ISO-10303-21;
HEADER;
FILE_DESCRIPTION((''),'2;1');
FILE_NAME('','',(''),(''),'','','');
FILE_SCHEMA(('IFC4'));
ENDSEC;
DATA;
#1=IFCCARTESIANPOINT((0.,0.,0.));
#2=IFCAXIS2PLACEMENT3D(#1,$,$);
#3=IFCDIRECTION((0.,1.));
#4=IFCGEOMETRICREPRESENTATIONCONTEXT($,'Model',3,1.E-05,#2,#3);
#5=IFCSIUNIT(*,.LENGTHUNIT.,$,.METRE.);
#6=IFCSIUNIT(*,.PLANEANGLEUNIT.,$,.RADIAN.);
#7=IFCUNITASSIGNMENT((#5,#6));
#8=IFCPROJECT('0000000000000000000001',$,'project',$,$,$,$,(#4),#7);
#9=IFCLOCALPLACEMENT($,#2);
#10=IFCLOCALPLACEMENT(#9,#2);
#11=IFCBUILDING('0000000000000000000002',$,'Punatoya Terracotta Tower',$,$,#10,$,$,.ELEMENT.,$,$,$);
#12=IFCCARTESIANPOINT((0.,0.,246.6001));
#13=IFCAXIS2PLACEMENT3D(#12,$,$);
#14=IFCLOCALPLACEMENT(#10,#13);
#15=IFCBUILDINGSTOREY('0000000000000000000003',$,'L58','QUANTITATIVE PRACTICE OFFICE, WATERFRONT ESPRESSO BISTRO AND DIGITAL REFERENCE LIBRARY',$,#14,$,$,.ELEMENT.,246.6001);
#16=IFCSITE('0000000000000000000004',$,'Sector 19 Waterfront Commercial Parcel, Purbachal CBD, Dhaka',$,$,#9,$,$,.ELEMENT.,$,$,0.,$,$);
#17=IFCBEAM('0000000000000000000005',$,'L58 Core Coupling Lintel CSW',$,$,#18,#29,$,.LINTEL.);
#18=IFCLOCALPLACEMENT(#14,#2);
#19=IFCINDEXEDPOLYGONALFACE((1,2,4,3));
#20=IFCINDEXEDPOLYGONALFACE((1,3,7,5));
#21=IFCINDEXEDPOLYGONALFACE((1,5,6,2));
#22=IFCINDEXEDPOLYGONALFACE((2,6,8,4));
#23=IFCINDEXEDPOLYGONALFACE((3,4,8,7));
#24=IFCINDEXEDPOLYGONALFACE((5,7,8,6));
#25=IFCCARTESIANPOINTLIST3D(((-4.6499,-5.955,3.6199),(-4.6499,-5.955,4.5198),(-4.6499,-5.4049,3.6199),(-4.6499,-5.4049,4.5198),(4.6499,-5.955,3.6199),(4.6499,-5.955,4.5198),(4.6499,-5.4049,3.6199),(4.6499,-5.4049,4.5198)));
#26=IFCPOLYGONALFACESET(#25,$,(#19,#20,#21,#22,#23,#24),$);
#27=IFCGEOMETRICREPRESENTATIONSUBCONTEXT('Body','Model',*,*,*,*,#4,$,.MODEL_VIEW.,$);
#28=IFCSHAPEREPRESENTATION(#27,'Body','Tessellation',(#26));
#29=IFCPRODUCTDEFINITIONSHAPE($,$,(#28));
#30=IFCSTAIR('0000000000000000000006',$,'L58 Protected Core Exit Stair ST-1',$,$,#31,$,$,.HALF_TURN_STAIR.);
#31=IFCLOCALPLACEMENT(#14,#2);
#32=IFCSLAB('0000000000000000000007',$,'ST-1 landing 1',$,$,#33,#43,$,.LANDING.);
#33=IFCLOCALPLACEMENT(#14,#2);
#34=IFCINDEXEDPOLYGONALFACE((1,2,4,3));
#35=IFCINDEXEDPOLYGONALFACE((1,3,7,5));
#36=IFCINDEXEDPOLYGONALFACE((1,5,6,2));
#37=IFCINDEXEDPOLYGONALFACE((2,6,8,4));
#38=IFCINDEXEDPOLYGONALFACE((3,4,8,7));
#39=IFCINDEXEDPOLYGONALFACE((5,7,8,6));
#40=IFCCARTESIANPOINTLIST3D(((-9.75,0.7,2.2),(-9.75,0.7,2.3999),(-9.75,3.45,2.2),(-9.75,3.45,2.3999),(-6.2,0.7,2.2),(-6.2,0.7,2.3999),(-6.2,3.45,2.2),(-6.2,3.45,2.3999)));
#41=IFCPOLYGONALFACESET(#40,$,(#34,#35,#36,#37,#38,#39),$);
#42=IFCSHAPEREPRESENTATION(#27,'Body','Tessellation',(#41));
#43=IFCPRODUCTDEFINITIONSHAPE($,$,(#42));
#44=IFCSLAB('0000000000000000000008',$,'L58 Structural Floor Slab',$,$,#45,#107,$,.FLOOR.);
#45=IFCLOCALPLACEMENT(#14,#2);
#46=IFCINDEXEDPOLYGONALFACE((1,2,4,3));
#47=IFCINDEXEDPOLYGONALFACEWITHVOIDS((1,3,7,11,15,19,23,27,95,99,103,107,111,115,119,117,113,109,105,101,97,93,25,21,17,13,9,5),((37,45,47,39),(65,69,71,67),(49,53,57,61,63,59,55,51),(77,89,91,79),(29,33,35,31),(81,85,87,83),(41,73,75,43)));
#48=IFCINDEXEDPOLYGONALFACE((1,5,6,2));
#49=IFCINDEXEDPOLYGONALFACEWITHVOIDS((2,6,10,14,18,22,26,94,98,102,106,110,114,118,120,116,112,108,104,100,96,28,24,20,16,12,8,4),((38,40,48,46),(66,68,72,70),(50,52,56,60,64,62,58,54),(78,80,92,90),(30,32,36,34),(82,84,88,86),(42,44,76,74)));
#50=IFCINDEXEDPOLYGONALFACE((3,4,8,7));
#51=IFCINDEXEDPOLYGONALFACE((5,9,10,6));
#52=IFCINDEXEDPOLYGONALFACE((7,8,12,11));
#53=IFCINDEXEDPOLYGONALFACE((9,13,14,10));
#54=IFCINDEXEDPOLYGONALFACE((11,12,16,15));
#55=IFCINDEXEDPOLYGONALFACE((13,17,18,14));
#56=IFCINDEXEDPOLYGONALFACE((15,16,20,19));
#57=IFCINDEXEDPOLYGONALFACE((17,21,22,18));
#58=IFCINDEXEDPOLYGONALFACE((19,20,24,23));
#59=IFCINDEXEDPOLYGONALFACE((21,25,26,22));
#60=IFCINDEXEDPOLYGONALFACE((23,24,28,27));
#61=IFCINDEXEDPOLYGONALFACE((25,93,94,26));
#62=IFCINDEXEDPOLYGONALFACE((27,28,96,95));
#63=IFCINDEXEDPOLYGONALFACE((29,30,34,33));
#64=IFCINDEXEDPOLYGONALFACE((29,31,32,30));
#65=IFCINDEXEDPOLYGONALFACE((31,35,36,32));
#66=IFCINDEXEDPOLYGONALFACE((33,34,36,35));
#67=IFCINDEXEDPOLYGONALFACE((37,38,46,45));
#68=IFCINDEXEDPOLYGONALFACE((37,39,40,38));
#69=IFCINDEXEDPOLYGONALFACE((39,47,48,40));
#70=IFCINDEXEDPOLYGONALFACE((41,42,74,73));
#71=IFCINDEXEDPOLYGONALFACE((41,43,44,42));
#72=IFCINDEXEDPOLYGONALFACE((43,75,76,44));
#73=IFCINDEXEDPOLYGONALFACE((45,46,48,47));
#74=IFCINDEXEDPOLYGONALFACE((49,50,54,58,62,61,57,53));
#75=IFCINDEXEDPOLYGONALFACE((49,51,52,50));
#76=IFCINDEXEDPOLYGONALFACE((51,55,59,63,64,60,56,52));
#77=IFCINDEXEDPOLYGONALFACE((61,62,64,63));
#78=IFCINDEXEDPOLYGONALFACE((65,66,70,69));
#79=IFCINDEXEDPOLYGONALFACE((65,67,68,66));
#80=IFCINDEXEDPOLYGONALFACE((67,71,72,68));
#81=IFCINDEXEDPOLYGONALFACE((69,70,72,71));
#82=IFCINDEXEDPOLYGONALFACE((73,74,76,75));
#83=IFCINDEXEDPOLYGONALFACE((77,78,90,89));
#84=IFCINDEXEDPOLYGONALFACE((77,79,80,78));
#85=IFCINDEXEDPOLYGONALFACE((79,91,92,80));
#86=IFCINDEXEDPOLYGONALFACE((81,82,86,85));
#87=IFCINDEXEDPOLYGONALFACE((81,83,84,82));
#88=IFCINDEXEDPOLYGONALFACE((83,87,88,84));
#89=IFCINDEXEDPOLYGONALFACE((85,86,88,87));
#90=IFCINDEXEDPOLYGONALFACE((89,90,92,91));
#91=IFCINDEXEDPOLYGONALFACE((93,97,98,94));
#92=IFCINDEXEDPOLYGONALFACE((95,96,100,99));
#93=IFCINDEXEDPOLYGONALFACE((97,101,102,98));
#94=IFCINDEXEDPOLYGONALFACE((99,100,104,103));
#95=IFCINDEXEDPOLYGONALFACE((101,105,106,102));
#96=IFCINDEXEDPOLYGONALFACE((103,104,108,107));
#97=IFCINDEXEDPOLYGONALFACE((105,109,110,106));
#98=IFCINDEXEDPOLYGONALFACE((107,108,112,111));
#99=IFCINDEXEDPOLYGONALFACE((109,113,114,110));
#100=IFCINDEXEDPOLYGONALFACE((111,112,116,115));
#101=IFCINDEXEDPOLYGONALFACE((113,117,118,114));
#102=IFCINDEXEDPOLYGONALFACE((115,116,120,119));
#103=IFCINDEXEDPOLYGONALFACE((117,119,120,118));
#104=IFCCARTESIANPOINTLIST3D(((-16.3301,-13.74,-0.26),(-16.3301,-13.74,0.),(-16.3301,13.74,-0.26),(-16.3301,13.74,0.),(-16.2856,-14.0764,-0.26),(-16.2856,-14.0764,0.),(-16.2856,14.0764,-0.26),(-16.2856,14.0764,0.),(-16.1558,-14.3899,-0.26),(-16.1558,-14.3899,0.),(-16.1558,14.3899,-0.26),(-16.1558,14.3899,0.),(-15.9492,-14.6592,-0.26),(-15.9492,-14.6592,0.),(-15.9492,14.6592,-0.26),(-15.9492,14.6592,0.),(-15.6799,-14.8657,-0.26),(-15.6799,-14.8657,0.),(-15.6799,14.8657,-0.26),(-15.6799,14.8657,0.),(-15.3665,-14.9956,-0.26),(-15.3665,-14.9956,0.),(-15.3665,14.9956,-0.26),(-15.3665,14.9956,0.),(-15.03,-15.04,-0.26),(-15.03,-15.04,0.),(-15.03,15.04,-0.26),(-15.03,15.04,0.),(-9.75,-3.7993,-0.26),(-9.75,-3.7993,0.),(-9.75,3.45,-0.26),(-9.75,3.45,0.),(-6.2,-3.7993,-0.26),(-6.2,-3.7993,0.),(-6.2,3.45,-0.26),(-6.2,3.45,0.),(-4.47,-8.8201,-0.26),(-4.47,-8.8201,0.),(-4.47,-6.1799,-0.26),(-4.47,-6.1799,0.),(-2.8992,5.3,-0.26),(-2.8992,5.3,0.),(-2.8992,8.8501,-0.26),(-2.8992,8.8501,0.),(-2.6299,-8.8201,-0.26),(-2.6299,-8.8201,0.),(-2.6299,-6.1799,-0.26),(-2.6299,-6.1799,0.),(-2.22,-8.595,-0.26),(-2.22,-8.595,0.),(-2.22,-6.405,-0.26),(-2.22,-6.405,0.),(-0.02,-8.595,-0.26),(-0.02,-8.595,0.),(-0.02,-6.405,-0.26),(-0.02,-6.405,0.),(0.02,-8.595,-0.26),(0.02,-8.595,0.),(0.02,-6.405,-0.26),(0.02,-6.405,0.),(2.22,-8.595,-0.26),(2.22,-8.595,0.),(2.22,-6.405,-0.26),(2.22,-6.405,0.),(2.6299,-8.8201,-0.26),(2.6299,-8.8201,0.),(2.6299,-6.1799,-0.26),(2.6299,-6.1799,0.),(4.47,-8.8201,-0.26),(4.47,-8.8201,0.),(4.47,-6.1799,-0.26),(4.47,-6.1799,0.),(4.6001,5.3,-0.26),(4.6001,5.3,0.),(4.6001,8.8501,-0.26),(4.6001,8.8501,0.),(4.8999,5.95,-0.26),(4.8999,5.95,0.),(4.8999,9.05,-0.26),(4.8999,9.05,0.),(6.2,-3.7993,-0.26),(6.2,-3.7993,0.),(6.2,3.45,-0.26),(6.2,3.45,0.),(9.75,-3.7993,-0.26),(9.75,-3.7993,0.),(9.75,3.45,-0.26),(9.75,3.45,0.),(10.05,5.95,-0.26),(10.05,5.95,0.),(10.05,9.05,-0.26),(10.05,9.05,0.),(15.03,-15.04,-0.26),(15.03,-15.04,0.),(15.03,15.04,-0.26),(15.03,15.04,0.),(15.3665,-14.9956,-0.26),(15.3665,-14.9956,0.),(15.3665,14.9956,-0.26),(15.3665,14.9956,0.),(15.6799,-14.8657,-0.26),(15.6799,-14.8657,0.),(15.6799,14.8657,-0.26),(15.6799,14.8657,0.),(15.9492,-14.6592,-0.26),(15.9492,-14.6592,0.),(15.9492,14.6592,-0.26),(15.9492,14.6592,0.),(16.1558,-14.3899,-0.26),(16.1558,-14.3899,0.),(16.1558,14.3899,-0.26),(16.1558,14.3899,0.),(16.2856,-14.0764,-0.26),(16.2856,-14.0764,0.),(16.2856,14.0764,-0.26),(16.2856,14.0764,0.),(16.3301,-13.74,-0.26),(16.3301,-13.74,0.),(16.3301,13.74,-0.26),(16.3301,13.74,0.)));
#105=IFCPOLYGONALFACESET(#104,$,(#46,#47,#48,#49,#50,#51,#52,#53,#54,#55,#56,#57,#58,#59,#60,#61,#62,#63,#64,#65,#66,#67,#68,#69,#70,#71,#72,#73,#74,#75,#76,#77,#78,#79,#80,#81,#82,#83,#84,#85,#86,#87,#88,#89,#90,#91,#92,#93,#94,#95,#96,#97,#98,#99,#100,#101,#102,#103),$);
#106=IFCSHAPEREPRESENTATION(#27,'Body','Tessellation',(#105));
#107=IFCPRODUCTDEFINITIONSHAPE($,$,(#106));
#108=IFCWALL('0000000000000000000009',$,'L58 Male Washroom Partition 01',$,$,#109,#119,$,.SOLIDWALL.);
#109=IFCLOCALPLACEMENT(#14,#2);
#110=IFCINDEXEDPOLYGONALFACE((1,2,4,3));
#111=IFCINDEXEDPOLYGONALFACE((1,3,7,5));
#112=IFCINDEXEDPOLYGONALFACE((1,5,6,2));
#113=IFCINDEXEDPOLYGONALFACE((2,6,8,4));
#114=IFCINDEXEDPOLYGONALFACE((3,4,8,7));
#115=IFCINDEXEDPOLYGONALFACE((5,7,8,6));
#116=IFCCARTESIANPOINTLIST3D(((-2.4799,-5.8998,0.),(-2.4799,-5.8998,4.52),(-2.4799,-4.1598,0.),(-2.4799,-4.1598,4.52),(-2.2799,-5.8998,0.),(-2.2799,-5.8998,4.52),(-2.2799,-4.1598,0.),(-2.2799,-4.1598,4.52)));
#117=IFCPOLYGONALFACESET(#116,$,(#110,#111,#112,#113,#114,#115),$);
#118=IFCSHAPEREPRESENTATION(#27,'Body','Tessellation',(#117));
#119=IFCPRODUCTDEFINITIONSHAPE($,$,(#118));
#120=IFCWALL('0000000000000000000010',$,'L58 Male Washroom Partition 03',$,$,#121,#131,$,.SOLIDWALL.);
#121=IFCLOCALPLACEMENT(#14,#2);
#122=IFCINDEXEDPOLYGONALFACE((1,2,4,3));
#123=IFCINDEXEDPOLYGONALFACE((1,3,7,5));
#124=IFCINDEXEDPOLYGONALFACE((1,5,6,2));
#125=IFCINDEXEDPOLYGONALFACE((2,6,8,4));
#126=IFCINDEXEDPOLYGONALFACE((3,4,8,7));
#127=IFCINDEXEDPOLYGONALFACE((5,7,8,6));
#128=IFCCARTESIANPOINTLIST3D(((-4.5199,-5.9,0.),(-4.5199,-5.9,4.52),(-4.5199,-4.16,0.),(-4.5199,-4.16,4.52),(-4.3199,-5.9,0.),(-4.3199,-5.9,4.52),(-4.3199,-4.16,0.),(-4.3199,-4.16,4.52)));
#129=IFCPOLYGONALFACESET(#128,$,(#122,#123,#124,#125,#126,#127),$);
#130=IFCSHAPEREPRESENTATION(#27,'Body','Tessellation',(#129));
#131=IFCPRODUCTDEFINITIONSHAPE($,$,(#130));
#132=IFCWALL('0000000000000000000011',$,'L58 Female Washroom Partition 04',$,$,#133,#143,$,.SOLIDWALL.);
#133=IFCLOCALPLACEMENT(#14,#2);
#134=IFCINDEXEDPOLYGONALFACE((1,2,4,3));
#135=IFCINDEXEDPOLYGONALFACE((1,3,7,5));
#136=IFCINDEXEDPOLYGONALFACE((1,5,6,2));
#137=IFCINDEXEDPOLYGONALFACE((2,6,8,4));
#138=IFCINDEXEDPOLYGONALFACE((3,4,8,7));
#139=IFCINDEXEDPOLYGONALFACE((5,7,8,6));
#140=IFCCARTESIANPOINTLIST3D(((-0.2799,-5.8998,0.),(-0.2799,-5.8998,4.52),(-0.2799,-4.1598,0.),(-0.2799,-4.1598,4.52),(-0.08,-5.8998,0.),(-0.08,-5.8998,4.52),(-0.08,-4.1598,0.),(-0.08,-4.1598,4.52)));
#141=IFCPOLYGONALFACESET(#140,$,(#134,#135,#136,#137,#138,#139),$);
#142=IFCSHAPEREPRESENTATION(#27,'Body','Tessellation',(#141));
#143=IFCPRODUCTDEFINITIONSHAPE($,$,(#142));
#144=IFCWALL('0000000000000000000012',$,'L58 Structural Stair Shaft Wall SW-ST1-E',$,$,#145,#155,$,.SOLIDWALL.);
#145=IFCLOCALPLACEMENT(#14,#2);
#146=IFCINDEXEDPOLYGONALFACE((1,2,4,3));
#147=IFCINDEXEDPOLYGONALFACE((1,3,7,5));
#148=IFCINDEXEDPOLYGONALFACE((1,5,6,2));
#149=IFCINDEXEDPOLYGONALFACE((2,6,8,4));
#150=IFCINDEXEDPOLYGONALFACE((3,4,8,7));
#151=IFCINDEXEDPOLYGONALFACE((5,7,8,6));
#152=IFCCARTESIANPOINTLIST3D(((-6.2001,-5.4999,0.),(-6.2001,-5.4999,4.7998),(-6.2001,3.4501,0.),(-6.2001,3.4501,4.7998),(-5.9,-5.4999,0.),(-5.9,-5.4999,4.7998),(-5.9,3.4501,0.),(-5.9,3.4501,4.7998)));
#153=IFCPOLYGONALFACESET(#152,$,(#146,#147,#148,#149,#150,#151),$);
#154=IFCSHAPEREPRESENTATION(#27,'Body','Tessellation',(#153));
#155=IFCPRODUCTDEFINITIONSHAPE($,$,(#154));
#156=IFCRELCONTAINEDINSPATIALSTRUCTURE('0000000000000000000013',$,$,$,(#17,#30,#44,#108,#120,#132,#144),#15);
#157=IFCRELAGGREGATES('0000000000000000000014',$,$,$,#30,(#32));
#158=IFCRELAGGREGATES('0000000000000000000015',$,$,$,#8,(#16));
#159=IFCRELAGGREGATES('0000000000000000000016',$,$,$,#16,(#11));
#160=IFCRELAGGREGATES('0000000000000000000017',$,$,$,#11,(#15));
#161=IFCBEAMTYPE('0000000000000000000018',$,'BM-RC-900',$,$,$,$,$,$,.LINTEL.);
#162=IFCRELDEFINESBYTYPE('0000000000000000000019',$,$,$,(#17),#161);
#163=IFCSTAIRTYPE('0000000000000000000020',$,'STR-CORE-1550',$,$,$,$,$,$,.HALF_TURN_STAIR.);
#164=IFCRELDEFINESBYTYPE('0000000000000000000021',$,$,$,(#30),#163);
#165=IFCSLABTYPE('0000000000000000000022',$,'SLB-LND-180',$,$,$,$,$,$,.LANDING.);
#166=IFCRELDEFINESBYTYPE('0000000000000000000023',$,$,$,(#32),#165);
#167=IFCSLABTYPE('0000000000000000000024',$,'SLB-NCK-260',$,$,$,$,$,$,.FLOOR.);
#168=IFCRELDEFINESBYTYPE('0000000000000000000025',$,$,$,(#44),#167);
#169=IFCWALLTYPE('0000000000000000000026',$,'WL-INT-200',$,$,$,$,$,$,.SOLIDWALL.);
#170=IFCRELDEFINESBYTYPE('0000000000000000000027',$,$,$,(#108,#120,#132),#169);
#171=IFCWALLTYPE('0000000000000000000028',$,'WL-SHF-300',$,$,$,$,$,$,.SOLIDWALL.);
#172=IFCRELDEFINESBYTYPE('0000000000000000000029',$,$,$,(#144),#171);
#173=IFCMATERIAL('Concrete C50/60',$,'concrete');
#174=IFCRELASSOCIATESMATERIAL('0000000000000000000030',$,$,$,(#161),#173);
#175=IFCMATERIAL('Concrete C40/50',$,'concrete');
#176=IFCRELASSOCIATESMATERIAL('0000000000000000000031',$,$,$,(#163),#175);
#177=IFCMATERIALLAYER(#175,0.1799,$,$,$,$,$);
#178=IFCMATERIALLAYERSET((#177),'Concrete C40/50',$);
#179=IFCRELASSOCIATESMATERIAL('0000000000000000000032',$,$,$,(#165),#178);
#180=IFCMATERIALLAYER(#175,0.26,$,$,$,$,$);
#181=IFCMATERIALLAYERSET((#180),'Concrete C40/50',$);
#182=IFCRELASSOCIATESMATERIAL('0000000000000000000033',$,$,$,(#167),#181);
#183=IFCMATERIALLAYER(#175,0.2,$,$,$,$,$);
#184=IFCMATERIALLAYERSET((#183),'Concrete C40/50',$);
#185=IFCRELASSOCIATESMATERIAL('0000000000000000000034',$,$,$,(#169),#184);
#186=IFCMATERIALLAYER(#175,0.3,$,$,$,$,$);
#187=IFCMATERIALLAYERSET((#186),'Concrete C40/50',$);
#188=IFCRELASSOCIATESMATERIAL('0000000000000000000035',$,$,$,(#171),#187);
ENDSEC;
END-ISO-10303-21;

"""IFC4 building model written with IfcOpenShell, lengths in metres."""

from ifc_helpers import new_model, si_unit, direction, frame, frame_2d, origin, origin_2d, place, context, subcontext, project, spatial, polyline, rectangle, outline, extrude, material, layer, layer_set, material_profile, profile_set, type_object, element, aggregate, save


model = new_model("IFC4")

# Units and contexts
model_context = context("Model", 3, precision=1e-05, world=origin(), true_north=direction((0.0, 1.0)))
body_context = subcontext(model_context, "Body", "Model", "MODEL_VIEW")
ifc_project = project(units=[si_unit("LENGTHUNIT", "METRE"), si_unit("PLANEANGLEUNIT", "RADIAN")], contexts=[model_context])

# Site, building, storey
site_placement = place(None, origin())
site = spatial("IfcSite", under=ifc_project, at=site_placement, Name="Sector 19 Waterfront Commercial Parcel, Purbachal CBD, Dhaka", CompositionType="ELEMENT", RefElevation=0.0)
building_placement = place(site_placement, origin())
building = spatial("IfcBuilding", under=site, at=building_placement, Name="Punatoya Terracotta Tower", CompositionType="ELEMENT")
storey_placement = place(building_placement, frame((0.0, 0.0, 246.6001)))
storey = spatial("IfcBuildingStorey", under=building, at=storey_placement, Name="L58", Description="QUANTITATIVE PRACTICE OFFICE, WATERFRONT ESPRESSO BISTRO AND DIGITAL REFERENCE LIBRARY", CompositionType="ELEMENT", Elevation=246.6001)

# Beam
ifc_material_1 = material(Name="Concrete C50/60", Category="concrete")
ifc_material_profile = material_profile(ifc_material_1, rectangle(XDim=0.55, YDim=0.8999, at=origin_2d()))
ifc_profile_set = profile_set([ifc_material_profile], Name="Concrete C50/60")
beam_type = type_object("IfcBeamType", Name="BM-RC-900", PredefinedType="LINTEL", material=ifc_profile_set)
beam_placement = place(storey_placement, frame((-4.6499, -5.6799, 4.0698), z_axis=(1.0, 0.0, 0.0), x_axis=(0.0, 1.0, 0.0)))
element("IfcBeam", 1, at=beam_placement, inside=storey, type_object=beam_type, Name="L58 Core Coupling Lintel CSW", PredefinedType="LINTEL", context=body_context, shape_type="SweptSolid", body=[
    extrude(rectangle(XDim=0.55, YDim=0.8999, at=origin_2d()), origin(), (0.0, 0.0, 1.0), 9.2998),
])

# Stair, slab
ifc_material_2 = material(Name="Concrete C40/50", Category="concrete")
stair_type = type_object("IfcStairType", Name="STR-CORE-1550", PredefinedType="HALF_TURN_STAIR", material=ifc_material_2)
stair_placement = place(storey_placement, origin())
stair = element("IfcStair", 2, at=stair_placement, inside=storey, type_object=stair_type, Name="L58 Protected Core Exit Stair ST-1", PredefinedType="HALF_TURN_STAIR")
ifc_layer_1 = layer(ifc_material_2, 0.1799)
ifc_layer_set_1 = layer_set([ifc_layer_1], Name="Concrete C40/50")
slab_type_1 = type_object("IfcSlabType", Name="SLB-LND-180", PredefinedType="LANDING", material=ifc_layer_set_1)
slab_1_placement = place(storey_placement, frame((0.0, 0.0, 2.2)))
slab_1 = element("IfcSlab", 3, at=slab_1_placement, type_object=slab_type_1, Name="ST-1 landing 1", PredefinedType="LANDING", context=body_context, shape_type="SweptSolid", body=[
    extrude(outline(polyline([(-6.2, 0.7), (-6.2, 3.45), (-9.75, 3.45), (-9.75, 0.7), (-6.2, 0.7)])), origin(), (0.0, 0.0, 1.0), 0.2),
])

# Slab
ifc_layer_2 = layer(ifc_material_2, 0.26)
ifc_layer_set_2 = layer_set([ifc_layer_2], Name="Concrete C40/50")
slab_type_2 = type_object("IfcSlabType", Name="SLB-NCK-260", PredefinedType="FLOOR", material=ifc_layer_set_2)
slab_2_placement = place(storey_placement, frame((0.0, 0.0, -0.26)))
element("IfcSlab", 4, at=slab_2_placement, inside=storey, type_object=slab_type_2, Name="L58 Structural Floor Slab", PredefinedType="FLOOR", context=body_context, shape_type="SweptSolid", body=[
    extrude(outline(polyline([(-15.03, -15.04), (-15.3665, -14.9956), (-15.6799, -14.8657), (-15.9492, -14.6592), (-16.1558, -14.3899), (-16.2856, -14.0764), (-16.3301, -13.74), (-16.3301, 13.74), (-16.2856, 14.0764), (-16.1558, 14.3899), (-15.9492, 14.6592), (-15.6799, 14.8657), (-15.3665, 14.9956), (-15.03, 15.04), (15.03, 15.04), (15.3665, 14.9956), (15.6799, 14.8657), (15.9492, 14.6592), (16.1558, 14.3899), (16.2856, 14.0764), (16.3301, 13.74), (16.3301, -13.74), (16.2856, -14.0764), (16.1558, -14.3899), (15.9492, -14.6592), (15.6799, -14.8657), (15.3665, -14.9956), (15.03, -15.04), (-15.03, -15.04)]), holes=[polyline([(-2.6299, -6.1799), (-4.47, -6.1799), (-4.47, -8.8201), (-2.6299, -8.8201), (-2.6299, -6.1799)]), polyline([(-0.02, -6.405), (-2.22, -6.405), (-2.22, -8.595), (-0.02, -8.595), (0.02, -8.595), (2.22, -8.595), (2.22, -6.405), (0.02, -6.405), (-0.02, -6.405)]), polyline([(4.47, -6.1799), (2.6299, -6.1799), (2.6299, -8.8201), (4.47, -8.8201), (4.47, -6.1799)]), polyline([(-9.75, 3.45), (-9.75, -3.7993), (-6.2, -3.7993), (-6.2, 3.45), (-9.75, 3.45)]), polyline([(6.2, 3.45), (6.2, -3.7993), (9.75, -3.7993), (9.75, 3.45), (6.2, 3.45)]), polyline([(4.6001, 8.8501), (-2.8992, 8.8501), (-2.8992, 5.3), (4.6001, 5.3), (4.6001, 8.8501)]), polyline([(10.05, 9.05), (4.8999, 9.05), (4.8999, 5.95), (10.05, 5.95), (10.05, 9.05)])]), origin(), (0.0, 0.0, 1.0), 0.26),
])

# Wall
ifc_layer_3 = layer(ifc_material_2, 0.2)
ifc_layer_set_3 = layer_set([ifc_layer_3], Name="Concrete C40/50")
wall_type_1 = type_object("IfcWallType", Name="WL-INT-200", PredefinedType="SOLIDWALL", material=ifc_layer_set_3)
wall_1_placement = place(storey_placement, frame((-2.3799, -5.8999, 0.0), z_axis=(0.0, 0.0, 1.0), x_axis=(0.0, 1.0, 0.0)))
element("IfcWall", 5, at=wall_1_placement, inside=storey, type_object=wall_type_1, Name="L58 Male Washroom Partition 01", PredefinedType="SOLIDWALL", context=body_context, shape_type="SweptSolid", body=[
    extrude(rectangle(XDim=1.74, YDim=0.2, at=frame_2d((0.8701, 0.0))), origin(), (0.0, 0.0, 1.0), 4.52),
])

# Walls
for number, where, z_axis, x_axis, name in (
    (6, (-4.4199, -4.1599, 0.0), (0.0, 0.0, 1.0), (0.0, -1.0, 0.0), "L58 Male Washroom Partition 03"),
    (7, (-0.1799, -5.8999, 0.0), (0.0, 0.0, 1.0), (0.0, 1.0, 0.0), "L58 Female Washroom Partition 04"),
):
    element("IfcWall", number, at=place(storey_placement, frame(where, z_axis=z_axis, x_axis=x_axis)), inside=storey, type_object=wall_type_1, Name=name, PredefinedType="SOLIDWALL", context=body_context, shape_type="SweptSolid", body=[
        extrude(rectangle(XDim=1.74, YDim=0.2, at=frame_2d((0.8701, 0.0))), origin(), (0.0, 0.0, 1.0), 4.52),
    ])

# Wall
ifc_layer_4 = layer(ifc_material_2, 0.3)
ifc_layer_set_4 = layer_set([ifc_layer_4], Name="Concrete C40/50")
wall_type_2 = type_object("IfcWallType", Name="WL-SHF-300", PredefinedType="SOLIDWALL", material=ifc_layer_set_4)
wall_2_placement = place(storey_placement, frame((-6.05, -5.5, 0.0), z_axis=(0.0, 0.0, 1.0), x_axis=(0.0, 1.0, 0.0)))
element("IfcWall", 8, at=wall_2_placement, inside=storey, type_object=wall_type_2, Name="L58 Structural Stair Shaft Wall SW-ST1-E", PredefinedType="SOLIDWALL", context=body_context, shape_type="SweptSolid", body=[
    extrude(rectangle(XDim=8.95, YDim=0.3, at=frame_2d((4.4751, 0.0))), origin(), (0.0, 0.0, 1.0), 4.7998),
])

aggregate(stair, [slab_1])

save(model, "model.ifc")
